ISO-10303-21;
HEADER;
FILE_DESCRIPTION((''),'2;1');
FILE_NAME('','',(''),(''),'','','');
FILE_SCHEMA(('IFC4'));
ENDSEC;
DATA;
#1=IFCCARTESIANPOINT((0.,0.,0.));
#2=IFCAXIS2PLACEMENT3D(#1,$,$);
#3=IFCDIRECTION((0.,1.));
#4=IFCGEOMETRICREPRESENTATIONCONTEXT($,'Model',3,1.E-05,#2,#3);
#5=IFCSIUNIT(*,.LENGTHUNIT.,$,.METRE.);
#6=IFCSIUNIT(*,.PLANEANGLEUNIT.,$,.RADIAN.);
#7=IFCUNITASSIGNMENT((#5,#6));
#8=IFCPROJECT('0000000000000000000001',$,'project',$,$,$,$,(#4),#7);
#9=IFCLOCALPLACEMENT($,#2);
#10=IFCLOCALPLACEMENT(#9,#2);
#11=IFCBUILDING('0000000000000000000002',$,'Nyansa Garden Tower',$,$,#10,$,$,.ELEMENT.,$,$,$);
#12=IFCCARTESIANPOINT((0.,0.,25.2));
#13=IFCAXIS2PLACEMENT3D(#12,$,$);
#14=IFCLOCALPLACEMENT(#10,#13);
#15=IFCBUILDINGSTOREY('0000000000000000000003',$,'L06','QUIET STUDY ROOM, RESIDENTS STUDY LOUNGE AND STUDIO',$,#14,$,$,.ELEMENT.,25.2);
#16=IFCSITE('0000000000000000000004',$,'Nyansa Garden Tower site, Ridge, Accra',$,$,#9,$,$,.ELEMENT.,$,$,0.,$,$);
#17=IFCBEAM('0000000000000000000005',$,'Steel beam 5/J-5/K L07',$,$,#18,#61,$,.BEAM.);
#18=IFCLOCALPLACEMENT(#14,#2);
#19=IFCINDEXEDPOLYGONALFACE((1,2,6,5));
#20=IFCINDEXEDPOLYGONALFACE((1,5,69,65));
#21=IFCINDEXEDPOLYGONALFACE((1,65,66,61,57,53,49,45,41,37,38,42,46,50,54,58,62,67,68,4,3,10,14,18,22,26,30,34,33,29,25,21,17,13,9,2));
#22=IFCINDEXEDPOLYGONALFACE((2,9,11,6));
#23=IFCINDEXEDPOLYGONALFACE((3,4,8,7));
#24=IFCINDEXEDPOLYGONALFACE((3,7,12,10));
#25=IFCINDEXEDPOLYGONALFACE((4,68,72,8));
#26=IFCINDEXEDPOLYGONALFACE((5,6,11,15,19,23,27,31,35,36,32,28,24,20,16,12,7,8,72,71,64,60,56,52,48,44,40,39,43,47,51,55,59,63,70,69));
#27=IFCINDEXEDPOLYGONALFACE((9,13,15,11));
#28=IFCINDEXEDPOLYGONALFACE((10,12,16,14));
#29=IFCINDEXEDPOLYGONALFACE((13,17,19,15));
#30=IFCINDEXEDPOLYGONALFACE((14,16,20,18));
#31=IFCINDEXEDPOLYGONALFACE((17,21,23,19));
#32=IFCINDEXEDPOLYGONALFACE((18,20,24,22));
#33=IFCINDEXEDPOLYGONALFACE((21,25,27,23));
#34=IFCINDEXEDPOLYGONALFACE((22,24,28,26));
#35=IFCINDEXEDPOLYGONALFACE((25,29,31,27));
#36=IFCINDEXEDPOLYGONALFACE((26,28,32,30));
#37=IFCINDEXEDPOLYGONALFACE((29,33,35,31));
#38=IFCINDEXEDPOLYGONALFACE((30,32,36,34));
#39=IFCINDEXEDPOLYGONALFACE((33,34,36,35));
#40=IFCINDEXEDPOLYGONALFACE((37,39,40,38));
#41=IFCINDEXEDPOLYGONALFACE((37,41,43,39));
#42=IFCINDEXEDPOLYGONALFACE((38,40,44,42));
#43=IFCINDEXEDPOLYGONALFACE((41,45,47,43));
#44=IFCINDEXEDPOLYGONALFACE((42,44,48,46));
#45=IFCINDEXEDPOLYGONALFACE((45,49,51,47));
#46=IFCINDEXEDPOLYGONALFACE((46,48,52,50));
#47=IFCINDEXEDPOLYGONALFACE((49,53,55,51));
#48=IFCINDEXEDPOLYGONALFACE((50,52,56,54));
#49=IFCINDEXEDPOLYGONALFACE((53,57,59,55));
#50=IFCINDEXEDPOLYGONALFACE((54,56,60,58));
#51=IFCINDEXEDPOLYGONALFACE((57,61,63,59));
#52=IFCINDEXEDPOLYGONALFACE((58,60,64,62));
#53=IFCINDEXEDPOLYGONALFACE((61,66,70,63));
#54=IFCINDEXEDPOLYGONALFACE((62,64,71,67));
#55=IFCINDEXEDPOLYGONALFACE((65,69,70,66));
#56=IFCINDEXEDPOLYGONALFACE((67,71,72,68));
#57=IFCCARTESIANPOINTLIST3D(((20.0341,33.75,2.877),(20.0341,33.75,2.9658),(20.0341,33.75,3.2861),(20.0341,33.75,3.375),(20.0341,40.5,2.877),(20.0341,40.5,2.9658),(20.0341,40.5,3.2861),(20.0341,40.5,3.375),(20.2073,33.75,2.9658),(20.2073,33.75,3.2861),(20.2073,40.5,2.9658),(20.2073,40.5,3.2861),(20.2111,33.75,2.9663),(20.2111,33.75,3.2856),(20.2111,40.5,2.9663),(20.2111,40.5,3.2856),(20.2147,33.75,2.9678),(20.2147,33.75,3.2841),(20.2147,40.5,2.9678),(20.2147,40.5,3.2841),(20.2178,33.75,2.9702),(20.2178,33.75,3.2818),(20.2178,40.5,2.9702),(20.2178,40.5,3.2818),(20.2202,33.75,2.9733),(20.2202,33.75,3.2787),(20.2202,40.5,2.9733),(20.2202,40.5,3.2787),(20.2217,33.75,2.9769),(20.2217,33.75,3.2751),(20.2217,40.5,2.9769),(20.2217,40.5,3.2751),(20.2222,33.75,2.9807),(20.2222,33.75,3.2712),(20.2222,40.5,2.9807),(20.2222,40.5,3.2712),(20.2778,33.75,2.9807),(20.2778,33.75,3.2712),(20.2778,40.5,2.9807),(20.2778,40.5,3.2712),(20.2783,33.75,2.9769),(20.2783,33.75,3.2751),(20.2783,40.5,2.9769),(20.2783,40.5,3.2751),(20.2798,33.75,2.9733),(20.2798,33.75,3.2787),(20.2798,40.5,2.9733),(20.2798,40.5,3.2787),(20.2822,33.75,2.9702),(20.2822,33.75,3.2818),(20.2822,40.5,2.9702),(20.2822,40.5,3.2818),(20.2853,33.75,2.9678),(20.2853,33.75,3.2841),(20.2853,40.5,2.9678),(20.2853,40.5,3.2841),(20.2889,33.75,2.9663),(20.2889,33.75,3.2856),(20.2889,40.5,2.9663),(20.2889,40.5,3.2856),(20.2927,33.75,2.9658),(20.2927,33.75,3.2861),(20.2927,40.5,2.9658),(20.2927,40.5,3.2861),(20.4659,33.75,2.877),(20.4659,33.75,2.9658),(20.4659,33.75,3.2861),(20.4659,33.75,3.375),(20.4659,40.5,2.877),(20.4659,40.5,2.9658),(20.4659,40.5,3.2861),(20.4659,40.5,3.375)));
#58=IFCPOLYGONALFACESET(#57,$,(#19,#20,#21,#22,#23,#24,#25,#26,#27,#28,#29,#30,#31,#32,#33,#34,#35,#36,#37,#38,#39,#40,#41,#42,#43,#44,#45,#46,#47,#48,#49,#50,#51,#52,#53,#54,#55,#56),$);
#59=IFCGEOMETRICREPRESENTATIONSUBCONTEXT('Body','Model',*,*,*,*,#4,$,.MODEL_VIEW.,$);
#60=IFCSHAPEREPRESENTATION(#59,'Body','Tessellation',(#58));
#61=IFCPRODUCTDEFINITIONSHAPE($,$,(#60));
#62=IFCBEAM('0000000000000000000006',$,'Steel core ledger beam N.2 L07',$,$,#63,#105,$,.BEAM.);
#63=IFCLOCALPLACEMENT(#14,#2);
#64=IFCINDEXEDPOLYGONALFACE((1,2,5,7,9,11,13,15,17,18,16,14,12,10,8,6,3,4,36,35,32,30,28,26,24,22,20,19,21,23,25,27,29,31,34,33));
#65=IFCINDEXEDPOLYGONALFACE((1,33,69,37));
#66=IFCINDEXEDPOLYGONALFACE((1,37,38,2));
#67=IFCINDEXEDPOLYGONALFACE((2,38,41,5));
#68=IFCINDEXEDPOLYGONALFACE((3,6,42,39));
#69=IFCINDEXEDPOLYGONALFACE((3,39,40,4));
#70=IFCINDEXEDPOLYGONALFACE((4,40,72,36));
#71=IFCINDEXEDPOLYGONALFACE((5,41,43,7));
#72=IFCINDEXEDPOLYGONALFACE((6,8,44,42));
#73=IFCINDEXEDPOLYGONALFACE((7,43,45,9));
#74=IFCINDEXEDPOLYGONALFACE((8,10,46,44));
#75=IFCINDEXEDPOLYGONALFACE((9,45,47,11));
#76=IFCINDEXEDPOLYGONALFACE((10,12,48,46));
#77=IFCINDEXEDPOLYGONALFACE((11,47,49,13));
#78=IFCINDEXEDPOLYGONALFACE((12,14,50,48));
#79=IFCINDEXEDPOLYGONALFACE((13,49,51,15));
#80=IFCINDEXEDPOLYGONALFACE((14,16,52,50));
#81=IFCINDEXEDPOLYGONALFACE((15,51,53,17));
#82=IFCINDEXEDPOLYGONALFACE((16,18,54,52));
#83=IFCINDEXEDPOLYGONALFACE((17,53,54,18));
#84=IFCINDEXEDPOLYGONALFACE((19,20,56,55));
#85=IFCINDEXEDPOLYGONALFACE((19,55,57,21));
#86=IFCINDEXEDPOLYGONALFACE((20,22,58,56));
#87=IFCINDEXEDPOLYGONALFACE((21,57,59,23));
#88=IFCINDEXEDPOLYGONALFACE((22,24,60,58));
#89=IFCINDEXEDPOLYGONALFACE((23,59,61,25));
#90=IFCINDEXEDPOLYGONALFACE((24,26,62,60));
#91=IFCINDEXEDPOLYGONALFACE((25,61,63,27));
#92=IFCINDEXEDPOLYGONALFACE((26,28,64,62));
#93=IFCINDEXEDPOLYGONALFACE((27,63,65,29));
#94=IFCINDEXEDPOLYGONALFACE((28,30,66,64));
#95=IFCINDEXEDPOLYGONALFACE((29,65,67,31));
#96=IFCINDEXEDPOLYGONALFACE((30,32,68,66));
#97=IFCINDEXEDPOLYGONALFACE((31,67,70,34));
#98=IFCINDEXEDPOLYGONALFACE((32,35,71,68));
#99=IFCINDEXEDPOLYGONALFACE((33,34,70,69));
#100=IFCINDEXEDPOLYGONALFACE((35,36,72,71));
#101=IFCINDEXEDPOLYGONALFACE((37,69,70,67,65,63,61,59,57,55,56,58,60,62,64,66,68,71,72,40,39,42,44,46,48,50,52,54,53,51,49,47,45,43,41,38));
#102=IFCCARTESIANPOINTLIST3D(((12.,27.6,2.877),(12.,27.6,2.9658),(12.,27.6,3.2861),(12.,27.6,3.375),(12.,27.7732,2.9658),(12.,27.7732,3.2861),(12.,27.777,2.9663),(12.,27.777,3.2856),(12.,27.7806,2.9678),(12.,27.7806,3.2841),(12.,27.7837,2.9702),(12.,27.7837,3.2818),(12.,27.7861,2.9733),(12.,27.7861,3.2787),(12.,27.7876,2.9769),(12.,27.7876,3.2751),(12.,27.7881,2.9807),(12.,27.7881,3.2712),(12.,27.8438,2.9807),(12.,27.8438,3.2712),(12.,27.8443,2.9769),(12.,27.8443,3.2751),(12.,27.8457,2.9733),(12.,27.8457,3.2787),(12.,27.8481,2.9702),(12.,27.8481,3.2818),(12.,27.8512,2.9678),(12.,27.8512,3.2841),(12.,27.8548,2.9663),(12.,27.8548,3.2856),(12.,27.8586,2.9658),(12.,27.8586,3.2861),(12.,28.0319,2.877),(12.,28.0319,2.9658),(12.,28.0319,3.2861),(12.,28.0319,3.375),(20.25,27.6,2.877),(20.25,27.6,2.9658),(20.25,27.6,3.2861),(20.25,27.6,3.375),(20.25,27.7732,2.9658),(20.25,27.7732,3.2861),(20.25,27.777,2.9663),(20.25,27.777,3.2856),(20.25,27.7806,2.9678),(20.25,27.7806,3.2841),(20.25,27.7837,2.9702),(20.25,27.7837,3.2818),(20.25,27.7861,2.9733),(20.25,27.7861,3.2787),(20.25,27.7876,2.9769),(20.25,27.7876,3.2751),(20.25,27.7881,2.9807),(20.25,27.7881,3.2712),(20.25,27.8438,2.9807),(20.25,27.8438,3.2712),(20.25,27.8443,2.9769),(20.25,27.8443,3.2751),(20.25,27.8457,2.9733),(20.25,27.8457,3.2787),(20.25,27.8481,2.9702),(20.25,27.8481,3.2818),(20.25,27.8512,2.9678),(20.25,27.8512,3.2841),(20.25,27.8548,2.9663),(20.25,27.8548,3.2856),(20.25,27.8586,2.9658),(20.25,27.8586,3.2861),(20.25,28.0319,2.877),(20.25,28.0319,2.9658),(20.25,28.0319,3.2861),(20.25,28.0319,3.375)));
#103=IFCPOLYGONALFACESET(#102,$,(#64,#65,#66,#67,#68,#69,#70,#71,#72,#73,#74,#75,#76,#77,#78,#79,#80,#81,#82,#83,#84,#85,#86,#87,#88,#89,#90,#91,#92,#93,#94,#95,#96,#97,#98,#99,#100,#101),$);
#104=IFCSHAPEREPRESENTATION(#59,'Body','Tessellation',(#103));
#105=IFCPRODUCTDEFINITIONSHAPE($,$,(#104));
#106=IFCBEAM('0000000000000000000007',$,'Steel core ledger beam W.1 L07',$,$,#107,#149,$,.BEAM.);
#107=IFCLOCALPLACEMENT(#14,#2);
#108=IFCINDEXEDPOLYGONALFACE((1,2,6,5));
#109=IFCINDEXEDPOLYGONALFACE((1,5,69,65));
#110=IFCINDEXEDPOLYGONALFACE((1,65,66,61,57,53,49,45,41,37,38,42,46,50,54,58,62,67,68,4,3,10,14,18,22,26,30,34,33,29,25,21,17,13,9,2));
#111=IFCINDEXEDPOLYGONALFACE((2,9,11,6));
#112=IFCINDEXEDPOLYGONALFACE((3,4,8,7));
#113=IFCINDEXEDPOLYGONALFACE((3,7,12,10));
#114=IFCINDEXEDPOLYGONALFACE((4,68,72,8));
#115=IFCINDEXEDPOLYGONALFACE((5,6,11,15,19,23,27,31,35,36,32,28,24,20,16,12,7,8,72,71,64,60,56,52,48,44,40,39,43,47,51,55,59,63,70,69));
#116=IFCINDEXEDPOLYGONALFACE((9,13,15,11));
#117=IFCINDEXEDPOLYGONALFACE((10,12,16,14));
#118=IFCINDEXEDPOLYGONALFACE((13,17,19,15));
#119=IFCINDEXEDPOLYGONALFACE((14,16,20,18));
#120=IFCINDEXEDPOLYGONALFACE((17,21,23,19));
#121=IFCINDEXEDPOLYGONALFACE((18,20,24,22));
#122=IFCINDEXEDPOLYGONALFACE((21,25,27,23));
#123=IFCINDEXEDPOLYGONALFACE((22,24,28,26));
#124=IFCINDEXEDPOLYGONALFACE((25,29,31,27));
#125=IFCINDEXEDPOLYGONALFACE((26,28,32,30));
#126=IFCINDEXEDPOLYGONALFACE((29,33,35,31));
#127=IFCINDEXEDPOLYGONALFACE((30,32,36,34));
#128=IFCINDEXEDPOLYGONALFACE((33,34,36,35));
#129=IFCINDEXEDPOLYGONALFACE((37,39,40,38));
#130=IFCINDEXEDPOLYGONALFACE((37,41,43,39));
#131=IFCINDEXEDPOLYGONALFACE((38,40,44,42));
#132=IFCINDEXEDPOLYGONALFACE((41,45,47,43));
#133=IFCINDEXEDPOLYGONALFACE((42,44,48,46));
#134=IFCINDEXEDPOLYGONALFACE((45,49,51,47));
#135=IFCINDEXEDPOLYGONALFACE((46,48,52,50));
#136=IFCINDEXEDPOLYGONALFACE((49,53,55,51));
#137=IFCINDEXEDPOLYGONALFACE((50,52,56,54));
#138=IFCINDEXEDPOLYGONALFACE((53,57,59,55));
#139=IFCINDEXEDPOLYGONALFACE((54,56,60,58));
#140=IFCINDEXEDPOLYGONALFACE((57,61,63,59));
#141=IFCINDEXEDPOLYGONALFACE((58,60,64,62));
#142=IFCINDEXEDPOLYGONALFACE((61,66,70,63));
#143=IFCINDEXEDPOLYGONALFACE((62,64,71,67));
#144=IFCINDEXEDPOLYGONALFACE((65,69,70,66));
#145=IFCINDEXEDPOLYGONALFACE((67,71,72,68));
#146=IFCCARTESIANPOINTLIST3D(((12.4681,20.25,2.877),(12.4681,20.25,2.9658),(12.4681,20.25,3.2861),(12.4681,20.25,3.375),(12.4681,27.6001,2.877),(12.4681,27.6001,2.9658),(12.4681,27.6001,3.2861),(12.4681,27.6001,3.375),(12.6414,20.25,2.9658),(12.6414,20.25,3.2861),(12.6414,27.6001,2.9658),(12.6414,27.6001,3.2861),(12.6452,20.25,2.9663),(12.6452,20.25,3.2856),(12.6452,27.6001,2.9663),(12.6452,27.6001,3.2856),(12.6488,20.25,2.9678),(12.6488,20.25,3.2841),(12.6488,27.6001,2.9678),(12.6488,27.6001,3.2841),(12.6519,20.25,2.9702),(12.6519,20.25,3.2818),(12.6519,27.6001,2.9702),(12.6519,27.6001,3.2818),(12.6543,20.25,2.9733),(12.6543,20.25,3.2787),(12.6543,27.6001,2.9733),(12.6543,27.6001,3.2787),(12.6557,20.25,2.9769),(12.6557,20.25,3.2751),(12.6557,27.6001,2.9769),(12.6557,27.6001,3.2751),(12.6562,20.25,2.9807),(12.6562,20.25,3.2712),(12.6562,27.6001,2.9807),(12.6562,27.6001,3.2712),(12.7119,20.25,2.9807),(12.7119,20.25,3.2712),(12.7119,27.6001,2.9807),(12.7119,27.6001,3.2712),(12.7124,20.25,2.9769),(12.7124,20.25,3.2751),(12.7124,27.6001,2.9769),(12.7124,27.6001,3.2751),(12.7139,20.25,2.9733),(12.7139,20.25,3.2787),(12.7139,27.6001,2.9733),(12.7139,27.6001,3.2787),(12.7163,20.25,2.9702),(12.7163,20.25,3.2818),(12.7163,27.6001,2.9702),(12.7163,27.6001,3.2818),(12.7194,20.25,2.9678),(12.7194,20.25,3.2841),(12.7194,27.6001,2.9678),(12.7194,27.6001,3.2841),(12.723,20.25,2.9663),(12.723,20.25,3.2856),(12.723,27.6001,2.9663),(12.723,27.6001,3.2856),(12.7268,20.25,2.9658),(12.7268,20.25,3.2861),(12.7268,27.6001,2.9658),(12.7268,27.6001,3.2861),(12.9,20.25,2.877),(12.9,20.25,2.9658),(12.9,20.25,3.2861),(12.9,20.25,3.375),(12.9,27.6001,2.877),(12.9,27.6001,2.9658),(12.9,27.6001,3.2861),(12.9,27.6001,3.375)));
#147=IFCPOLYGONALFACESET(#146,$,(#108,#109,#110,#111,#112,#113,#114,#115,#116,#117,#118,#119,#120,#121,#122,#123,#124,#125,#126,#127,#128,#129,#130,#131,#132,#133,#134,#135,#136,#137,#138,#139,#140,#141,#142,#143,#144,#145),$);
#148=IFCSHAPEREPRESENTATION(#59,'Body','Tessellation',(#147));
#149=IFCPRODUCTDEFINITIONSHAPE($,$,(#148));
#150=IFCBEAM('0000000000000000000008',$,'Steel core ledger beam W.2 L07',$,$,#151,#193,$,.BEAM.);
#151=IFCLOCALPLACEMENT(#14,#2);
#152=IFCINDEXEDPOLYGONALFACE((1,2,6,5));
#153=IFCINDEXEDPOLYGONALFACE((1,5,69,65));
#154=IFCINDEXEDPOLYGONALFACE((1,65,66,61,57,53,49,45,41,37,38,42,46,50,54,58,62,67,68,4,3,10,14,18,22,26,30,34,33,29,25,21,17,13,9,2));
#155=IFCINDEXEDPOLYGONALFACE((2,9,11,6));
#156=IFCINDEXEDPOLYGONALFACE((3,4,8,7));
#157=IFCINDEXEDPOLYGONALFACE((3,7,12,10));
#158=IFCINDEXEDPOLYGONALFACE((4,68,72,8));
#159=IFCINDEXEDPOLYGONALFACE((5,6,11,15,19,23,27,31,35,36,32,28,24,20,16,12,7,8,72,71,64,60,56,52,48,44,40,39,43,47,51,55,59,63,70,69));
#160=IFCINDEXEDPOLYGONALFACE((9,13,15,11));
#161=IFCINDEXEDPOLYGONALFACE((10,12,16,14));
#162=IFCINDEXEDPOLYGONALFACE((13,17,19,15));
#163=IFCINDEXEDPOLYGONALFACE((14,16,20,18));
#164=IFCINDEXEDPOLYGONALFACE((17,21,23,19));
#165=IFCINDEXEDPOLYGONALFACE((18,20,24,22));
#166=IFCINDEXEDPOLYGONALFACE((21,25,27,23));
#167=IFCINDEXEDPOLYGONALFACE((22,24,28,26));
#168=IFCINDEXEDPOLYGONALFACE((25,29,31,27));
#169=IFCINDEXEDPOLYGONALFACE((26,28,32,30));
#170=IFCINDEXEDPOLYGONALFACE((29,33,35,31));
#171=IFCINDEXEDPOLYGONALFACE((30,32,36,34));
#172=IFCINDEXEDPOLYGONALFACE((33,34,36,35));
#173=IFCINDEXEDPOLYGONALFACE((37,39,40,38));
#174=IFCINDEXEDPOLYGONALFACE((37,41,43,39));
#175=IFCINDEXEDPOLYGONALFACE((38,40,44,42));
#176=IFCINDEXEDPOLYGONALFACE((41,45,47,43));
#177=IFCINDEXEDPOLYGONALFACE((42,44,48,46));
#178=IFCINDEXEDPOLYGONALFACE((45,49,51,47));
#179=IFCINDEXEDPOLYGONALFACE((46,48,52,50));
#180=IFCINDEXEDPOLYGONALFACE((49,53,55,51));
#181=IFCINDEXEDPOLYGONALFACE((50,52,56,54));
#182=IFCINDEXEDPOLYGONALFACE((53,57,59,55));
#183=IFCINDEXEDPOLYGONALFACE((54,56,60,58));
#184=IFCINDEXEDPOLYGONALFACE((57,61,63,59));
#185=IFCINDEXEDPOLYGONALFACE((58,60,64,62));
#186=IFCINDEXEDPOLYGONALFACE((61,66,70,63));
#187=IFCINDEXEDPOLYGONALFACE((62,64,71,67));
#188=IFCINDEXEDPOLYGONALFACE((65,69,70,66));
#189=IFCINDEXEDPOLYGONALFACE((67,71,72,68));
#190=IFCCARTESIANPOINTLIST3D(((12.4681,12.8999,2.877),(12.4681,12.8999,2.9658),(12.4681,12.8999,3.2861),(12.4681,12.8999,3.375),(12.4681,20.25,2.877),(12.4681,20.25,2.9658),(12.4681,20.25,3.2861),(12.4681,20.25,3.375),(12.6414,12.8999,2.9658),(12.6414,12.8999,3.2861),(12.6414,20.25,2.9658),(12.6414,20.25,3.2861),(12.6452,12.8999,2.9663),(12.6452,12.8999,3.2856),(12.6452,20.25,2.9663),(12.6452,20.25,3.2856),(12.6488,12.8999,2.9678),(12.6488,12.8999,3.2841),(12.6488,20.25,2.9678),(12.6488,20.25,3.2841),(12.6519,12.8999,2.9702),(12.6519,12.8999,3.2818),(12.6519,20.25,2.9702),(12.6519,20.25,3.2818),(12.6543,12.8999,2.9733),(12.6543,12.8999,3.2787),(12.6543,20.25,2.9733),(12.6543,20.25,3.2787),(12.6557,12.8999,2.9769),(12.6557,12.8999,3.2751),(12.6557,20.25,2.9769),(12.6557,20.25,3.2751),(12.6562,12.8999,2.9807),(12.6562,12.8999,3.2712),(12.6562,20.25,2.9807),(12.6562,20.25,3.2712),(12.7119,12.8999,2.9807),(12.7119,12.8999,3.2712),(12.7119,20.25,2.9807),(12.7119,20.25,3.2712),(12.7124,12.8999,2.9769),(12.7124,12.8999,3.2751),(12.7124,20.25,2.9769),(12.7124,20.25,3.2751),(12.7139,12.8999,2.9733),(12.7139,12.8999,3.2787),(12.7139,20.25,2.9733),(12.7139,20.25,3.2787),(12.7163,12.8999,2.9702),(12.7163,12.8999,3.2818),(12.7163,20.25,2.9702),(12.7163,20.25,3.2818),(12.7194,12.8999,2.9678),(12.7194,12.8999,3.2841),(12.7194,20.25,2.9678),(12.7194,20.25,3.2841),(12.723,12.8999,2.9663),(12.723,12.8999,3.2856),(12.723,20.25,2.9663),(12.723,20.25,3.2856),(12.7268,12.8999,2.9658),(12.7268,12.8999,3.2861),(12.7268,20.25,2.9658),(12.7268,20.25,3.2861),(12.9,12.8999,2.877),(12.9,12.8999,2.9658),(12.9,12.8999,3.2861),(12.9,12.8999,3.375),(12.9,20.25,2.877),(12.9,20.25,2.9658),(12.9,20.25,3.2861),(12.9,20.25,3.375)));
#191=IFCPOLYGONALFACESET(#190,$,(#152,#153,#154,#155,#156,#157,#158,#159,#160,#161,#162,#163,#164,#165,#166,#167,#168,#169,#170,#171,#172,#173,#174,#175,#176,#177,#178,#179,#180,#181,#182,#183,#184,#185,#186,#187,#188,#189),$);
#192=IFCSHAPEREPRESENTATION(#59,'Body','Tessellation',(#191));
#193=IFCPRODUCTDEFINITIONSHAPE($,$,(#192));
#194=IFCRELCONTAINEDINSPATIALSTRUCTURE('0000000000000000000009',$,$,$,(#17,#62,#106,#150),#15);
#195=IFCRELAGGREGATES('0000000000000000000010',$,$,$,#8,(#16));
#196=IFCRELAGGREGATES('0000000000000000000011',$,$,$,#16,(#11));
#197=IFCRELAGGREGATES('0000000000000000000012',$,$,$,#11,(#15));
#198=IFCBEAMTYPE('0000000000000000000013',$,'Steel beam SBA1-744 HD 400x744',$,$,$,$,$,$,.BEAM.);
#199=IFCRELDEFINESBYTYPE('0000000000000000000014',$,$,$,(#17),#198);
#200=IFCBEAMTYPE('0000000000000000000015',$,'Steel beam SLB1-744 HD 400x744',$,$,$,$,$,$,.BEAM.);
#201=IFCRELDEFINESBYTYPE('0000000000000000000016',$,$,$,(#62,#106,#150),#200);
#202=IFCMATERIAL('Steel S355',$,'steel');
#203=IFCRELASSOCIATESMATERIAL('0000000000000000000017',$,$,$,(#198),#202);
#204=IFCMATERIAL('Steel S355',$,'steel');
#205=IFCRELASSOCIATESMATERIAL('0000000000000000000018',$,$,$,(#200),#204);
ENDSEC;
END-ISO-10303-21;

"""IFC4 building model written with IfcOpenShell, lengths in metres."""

from ifc_helpers import new_model, si_unit, direction, frame, origin, origin_2d, place, context, subcontext, project, spatial, i_section, extrude, material, material_profile, profile_set, type_object, element, save


model = new_model("IFC4")

# Units and contexts
model_context = context("Model", 3, precision=1e-05, world=origin(), true_north=direction((0.0, 1.0)))
body_context = subcontext(model_context, "Body", "Model", "MODEL_VIEW")
ifc_project = project(units=[si_unit("LENGTHUNIT", "METRE"), si_unit("PLANEANGLEUNIT", "RADIAN")], contexts=[model_context])

# Site, building, storey
site_placement = place(None, origin())
site = spatial("IfcSite", under=ifc_project, at=site_placement, Name="Nyansa Garden Tower site, Ridge, Accra", CompositionType="ELEMENT", RefElevation=0.0)
building_placement = place(site_placement, origin())
building = spatial("IfcBuilding", under=site, at=building_placement, Name="Nyansa Garden Tower", CompositionType="ELEMENT")
storey_placement = place(building_placement, frame((0.0, 0.0, 25.2)))
storey = spatial("IfcBuildingStorey", under=building, at=storey_placement, Name="L06", Description="QUIET STUDY ROOM, RESIDENTS STUDY LOUNGE AND STUDIO", CompositionType="ELEMENT", Elevation=25.2)

# Beams
ifc_material_1 = material(Name="Steel S355", Category="steel")
ifc_material_profile_1 = material_profile(ifc_material_1, i_section(OverallWidth=0.4319, OverallDepth=0.498, WebThickness=0.0557, FlangeThickness=0.0889, FilletRadius=0.0149, at=origin_2d()), Name="HD 400x744")
ifc_profile_set_1 = profile_set([ifc_material_profile_1], Name="Steel S355")
beam_type_1 = type_object("IfcBeamType", Name="Steel beam SBA1-744 HD 400x744", PredefinedType="BEAM", material=ifc_profile_set_1)
beam_1_placement = place(storey_placement, frame((20.25, 33.75, 3.126), z_axis=(0.0, 1.0, 0.0), x_axis=(-1.0, 0.0, 0.0)))
element("IfcBeam", 1, at=beam_1_placement, inside=storey, type_object=beam_type_1, Name="Steel beam 5/J-5/K L07", PredefinedType="BEAM", context=body_context, shape_type="SweptSolid", body=[
    extrude(i_section(OverallWidth=0.4319, OverallDepth=0.498, WebThickness=0.0557, FlangeThickness=0.0889, FilletRadius=0.0149, at=origin_2d()), origin(), (0.0, 0.0, 1.0), 6.75),
])
ifc_material_2 = material(Name="Steel S355", Category="steel")
ifc_material_profile_2 = material_profile(ifc_material_2, i_section(OverallWidth=0.4319, OverallDepth=0.498, WebThickness=0.0557, FlangeThickness=0.0889, FilletRadius=0.0149, at=origin_2d()), Name="HD 400x744")
ifc_profile_set_2 = profile_set([ifc_material_profile_2], Name="Steel S355")
beam_type_2 = type_object("IfcBeamType", Name="Steel beam SLB1-744 HD 400x744", PredefinedType="BEAM", material=ifc_profile_set_2)
beam_2_placement = place(storey_placement, frame((20.25, 27.8159, 3.126), z_axis=(-1.0, 0.0, 0.0), x_axis=(0.0, -1.0, 0.0)))
element("IfcBeam", 2, at=beam_2_placement, inside=storey, type_object=beam_type_2, Name="Steel core ledger beam N.2 L07", PredefinedType="BEAM", context=body_context, shape_type="SweptSolid", body=[
    extrude(i_section(OverallWidth=0.4319, OverallDepth=0.498, WebThickness=0.0557, FlangeThickness=0.0889, FilletRadius=0.0149, at=origin_2d()), origin(), (0.0, 0.0, 1.0), 8.25),
])
for number, where, z_axis, x_axis, name in (
    (3, (12.6841, 27.6001, 3.126), (0.0, -1.0, 0.0), (1.0, 0.0, 0.0), "Steel core ledger beam W.1 L07"),
    (4, (12.6841, 20.25, 3.126), (0.0, -1.0, 0.0), (1.0, 0.0, 0.0), "Steel core ledger beam W.2 L07"),
):
    element("IfcBeam", number, at=place(storey_placement, frame(where, z_axis=z_axis, x_axis=x_axis)), inside=storey, type_object=beam_type_2, Name=name, PredefinedType="BEAM", context=body_context, shape_type="SweptSolid", body=[
        extrude(i_section(OverallWidth=0.4319, OverallDepth=0.498, WebThickness=0.0557, FlangeThickness=0.0889, FilletRadius=0.0149, at=origin_2d()), origin(), (0.0, 0.0, 1.0), 7.3501),
    ])

save(model, "model.ifc")
